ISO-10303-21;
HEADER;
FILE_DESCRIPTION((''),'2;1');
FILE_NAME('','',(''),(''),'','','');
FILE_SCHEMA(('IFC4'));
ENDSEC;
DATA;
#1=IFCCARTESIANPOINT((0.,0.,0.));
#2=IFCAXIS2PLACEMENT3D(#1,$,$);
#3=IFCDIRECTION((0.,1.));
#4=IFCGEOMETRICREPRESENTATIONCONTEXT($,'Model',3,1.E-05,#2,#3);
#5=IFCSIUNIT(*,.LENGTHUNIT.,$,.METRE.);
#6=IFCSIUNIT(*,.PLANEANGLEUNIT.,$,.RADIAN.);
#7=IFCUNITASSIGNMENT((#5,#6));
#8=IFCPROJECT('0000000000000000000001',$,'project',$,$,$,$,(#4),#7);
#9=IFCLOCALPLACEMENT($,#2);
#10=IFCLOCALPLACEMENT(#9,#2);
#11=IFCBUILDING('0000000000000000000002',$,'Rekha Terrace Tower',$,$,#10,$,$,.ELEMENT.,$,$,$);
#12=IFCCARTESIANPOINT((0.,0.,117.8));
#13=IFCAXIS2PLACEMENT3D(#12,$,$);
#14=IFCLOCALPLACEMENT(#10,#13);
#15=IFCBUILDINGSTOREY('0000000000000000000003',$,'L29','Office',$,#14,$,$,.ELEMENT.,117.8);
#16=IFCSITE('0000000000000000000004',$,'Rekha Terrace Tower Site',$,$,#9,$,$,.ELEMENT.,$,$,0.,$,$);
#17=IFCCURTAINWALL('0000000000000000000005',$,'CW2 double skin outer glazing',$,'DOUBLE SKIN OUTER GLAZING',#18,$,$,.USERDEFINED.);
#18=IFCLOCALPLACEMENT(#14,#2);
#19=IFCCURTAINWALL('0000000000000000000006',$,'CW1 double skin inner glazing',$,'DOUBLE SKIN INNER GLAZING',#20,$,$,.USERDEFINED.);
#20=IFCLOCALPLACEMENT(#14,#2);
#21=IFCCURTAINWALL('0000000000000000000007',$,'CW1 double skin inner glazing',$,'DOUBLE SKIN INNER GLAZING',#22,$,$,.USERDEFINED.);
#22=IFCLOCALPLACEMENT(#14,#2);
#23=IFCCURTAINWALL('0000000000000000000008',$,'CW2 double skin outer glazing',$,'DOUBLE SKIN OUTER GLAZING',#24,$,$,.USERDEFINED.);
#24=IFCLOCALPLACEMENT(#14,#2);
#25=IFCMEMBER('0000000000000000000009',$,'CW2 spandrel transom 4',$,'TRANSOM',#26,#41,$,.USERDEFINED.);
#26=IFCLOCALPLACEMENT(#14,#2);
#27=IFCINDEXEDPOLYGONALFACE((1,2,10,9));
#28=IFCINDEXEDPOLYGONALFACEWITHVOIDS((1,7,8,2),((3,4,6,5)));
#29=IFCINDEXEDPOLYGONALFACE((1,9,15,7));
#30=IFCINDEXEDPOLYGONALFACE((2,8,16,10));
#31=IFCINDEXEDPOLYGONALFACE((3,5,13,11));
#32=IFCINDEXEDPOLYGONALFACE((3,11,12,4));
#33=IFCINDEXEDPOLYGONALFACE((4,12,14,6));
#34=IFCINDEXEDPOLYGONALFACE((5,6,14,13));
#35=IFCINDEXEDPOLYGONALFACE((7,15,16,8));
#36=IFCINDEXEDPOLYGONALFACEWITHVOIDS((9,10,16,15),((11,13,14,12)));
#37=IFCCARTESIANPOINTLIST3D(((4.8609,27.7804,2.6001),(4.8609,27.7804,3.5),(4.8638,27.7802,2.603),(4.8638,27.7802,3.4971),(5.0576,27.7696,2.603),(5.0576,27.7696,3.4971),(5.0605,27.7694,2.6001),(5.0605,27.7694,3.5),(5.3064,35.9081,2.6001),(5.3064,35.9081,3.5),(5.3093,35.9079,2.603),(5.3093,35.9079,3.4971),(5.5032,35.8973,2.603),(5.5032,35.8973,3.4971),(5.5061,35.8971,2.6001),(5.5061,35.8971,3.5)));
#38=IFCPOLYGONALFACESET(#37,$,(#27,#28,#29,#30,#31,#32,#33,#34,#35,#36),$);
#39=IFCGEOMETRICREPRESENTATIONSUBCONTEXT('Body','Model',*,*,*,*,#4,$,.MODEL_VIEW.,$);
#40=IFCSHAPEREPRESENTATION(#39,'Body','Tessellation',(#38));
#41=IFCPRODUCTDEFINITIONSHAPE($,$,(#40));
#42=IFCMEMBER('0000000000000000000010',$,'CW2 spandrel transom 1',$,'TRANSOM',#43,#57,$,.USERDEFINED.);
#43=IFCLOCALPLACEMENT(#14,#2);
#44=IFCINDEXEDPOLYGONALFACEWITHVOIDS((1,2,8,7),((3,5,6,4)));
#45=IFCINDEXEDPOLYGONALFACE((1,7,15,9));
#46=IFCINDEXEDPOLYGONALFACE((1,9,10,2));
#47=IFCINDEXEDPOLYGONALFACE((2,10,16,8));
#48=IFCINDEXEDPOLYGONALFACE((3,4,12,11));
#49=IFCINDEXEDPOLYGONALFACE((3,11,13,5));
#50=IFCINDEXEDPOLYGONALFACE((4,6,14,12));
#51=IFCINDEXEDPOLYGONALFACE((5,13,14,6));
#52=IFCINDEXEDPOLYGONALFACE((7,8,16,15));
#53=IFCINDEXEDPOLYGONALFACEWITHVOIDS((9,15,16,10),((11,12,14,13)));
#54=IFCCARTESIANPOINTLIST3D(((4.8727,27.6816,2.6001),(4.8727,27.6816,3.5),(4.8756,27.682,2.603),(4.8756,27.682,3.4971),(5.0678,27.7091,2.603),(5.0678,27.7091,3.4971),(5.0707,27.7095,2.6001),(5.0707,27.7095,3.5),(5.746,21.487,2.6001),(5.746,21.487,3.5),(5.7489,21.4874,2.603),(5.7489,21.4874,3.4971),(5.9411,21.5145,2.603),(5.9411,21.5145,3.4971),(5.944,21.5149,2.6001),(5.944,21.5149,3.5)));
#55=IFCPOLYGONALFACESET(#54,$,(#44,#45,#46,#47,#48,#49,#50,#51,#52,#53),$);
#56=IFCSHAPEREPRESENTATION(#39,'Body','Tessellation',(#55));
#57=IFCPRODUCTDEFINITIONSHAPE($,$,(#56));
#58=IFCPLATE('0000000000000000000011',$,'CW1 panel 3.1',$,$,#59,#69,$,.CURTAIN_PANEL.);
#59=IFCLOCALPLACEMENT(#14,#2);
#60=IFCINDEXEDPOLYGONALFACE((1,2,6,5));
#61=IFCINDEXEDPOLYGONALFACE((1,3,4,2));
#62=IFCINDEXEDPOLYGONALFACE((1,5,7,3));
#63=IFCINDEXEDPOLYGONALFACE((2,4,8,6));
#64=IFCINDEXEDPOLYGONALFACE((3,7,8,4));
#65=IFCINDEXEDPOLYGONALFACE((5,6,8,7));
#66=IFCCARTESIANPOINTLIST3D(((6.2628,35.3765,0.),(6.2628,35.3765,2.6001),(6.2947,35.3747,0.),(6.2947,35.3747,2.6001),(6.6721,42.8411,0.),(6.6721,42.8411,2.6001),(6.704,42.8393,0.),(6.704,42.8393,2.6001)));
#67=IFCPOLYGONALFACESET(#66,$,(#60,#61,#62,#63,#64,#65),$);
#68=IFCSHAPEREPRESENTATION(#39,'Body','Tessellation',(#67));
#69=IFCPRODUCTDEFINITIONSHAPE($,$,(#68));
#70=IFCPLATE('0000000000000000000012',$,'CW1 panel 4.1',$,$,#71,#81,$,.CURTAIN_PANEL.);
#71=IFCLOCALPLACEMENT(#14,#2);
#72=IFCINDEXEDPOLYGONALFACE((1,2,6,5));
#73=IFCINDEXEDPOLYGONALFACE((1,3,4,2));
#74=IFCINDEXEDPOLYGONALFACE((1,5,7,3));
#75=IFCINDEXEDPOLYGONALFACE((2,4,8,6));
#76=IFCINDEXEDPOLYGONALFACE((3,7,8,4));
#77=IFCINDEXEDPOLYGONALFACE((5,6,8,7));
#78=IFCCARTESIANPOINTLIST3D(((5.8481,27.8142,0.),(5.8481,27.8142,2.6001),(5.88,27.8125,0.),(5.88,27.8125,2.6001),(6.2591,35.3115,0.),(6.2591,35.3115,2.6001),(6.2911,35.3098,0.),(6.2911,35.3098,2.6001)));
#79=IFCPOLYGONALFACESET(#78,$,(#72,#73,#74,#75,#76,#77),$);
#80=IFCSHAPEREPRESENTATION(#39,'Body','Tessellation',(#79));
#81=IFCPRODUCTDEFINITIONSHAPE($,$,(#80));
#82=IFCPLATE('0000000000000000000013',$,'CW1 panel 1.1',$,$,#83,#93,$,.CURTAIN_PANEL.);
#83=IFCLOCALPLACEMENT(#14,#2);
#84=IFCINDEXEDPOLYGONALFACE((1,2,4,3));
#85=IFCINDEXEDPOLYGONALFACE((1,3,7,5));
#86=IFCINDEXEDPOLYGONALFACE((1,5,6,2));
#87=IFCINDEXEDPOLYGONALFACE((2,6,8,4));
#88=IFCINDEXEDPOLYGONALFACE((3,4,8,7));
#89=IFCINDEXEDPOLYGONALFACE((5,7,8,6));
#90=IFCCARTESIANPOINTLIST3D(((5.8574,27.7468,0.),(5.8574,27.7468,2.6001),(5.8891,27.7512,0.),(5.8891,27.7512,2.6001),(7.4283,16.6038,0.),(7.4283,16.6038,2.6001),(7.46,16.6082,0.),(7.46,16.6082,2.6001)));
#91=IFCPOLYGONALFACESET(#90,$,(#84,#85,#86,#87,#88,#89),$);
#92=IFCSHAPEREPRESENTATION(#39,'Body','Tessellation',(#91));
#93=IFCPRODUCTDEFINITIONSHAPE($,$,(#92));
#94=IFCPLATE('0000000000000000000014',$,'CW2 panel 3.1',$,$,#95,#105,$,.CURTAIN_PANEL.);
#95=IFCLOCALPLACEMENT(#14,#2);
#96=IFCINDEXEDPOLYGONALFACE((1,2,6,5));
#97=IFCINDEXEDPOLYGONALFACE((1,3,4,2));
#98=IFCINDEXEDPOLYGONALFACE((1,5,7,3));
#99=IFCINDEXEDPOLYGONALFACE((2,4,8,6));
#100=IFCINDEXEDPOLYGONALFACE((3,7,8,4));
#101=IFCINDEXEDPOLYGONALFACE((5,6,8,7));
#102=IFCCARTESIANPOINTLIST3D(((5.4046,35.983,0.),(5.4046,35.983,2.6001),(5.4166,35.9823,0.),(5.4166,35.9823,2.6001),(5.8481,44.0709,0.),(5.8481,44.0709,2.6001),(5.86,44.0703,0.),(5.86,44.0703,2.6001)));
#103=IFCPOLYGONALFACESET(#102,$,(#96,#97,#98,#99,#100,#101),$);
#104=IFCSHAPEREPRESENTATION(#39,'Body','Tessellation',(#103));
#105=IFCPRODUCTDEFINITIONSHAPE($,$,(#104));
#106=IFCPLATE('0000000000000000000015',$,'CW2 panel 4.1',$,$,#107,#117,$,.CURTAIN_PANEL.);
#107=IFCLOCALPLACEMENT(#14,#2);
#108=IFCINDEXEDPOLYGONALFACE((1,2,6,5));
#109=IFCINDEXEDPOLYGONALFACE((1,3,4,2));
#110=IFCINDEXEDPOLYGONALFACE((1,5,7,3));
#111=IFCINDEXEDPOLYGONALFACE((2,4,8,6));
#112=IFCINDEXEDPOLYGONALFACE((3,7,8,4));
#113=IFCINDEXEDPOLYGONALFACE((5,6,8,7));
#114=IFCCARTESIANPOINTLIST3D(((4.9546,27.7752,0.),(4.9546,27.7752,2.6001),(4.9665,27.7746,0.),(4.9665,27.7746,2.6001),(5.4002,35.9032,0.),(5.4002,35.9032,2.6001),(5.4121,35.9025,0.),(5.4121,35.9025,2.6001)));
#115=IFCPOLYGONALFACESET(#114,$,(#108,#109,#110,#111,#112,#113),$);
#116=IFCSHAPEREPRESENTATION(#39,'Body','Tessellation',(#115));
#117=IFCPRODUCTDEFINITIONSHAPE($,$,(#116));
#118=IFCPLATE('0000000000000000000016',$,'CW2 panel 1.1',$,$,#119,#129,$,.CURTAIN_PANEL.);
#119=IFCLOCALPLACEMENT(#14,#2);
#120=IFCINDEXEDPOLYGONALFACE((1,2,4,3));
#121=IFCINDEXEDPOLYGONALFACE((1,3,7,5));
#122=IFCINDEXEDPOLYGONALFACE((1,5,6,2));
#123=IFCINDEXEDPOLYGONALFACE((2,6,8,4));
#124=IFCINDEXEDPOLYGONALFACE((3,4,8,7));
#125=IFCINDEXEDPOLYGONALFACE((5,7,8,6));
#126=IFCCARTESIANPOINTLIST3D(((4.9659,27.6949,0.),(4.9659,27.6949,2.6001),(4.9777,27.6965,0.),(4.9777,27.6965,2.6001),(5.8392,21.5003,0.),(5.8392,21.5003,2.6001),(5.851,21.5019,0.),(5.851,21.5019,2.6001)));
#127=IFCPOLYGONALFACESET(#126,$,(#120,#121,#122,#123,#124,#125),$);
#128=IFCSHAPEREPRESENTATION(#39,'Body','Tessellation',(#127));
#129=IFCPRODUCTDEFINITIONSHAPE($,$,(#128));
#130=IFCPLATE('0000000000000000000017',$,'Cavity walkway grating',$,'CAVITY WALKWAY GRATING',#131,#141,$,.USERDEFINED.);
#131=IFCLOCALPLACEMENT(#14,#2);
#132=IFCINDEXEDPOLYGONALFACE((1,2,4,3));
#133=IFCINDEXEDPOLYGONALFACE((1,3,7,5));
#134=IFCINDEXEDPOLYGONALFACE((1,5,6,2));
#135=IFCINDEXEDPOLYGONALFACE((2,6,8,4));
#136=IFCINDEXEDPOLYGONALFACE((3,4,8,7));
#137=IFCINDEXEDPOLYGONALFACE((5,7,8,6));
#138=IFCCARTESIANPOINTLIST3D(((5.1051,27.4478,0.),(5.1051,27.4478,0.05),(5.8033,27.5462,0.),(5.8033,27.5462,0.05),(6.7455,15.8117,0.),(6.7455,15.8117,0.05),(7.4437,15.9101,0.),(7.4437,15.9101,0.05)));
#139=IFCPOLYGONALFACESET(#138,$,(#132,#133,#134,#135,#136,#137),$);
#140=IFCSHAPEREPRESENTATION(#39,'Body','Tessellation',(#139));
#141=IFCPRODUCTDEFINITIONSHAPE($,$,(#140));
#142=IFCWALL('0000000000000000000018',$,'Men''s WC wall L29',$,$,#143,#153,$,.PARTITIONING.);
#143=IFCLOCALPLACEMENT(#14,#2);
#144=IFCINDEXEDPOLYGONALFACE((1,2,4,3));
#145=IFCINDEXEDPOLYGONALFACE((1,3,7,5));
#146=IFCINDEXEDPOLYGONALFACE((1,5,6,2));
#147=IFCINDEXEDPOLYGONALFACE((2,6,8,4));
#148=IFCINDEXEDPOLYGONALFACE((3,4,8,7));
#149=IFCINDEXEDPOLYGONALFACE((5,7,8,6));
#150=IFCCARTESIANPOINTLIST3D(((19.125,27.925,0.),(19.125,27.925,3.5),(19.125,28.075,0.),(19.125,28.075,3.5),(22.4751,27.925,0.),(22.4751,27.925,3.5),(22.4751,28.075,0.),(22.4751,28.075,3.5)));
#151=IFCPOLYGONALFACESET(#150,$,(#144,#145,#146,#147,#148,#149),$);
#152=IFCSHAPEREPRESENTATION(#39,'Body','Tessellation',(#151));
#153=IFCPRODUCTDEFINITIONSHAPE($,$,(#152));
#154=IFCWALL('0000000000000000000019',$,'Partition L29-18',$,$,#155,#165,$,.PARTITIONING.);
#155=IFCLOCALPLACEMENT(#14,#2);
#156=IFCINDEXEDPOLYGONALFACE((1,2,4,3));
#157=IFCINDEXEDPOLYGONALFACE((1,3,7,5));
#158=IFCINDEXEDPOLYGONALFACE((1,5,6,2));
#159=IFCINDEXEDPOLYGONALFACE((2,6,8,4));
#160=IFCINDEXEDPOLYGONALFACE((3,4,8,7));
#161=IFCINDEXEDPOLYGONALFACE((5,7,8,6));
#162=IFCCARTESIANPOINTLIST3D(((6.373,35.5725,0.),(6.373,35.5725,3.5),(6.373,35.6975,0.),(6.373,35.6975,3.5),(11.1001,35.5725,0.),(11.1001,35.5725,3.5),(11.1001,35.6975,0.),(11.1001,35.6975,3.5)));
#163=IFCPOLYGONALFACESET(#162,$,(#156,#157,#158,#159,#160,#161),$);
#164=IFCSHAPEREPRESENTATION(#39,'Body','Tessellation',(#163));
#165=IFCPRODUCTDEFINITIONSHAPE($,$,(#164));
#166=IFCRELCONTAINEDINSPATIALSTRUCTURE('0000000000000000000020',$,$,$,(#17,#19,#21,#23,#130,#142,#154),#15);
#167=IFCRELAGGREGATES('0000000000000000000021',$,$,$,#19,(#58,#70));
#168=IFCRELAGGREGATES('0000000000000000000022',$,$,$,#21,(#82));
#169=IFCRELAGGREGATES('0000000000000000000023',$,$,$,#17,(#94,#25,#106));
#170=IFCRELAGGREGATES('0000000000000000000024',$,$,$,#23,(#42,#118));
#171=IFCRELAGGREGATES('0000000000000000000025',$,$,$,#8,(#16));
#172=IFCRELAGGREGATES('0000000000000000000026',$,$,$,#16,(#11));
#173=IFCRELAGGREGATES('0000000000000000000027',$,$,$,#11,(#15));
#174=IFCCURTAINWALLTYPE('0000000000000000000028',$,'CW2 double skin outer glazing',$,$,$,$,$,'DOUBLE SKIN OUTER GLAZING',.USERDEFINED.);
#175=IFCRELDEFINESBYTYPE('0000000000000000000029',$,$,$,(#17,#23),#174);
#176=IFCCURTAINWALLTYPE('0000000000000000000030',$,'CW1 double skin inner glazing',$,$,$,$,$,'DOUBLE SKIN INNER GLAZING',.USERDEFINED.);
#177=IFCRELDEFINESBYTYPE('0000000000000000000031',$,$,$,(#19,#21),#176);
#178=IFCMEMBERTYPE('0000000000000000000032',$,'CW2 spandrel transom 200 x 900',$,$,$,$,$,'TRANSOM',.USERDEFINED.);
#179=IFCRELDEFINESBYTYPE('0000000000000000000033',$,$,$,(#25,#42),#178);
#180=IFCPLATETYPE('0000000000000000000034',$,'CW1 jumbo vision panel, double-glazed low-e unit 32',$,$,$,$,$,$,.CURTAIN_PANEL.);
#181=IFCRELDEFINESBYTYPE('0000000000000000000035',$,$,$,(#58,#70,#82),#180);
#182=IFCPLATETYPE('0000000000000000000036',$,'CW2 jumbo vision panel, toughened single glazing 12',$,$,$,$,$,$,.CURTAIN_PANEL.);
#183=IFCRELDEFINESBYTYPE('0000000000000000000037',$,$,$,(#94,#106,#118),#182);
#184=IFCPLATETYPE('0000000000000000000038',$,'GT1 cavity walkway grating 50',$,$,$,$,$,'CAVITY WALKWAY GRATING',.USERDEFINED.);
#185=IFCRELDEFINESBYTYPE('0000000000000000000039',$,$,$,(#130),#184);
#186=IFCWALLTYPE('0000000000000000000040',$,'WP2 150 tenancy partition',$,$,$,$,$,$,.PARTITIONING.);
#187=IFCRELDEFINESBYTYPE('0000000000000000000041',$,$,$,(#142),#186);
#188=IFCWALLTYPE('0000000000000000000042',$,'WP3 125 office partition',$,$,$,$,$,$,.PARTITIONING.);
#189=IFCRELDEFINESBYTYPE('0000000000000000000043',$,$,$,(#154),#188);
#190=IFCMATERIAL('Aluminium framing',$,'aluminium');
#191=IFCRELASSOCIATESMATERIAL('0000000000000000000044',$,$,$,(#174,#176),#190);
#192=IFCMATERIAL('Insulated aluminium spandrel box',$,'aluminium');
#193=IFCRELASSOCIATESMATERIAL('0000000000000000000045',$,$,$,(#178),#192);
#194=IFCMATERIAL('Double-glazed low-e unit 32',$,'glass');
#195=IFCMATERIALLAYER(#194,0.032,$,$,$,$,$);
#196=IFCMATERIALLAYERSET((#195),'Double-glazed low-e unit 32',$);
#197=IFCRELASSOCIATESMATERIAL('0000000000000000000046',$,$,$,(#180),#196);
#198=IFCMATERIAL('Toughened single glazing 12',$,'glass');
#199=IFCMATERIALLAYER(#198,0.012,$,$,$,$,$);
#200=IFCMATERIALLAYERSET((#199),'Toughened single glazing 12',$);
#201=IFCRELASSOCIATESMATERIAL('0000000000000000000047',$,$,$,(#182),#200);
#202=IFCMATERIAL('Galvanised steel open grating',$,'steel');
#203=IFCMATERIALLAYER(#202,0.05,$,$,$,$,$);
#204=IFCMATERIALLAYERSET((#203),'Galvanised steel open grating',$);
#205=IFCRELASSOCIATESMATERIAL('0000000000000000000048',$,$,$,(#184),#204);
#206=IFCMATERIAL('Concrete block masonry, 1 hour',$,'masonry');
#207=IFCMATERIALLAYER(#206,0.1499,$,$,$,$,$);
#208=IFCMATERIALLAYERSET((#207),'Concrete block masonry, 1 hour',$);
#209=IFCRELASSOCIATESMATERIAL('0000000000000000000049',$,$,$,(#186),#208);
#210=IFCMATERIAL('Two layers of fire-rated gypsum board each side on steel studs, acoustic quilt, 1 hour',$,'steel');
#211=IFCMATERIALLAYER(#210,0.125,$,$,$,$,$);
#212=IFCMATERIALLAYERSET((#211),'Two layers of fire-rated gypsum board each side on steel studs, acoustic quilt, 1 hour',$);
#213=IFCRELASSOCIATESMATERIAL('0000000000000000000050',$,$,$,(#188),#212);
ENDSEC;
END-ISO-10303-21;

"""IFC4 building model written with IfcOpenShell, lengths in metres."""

from ifc_helpers import new_model, si_unit, direction, frame, frame_2d, origin, origin_2d, place, context, subcontext, project, spatial, rectangle, hollow_rectangle, extrude, material, layer, layer_set, material_profile, profile_set, type_object, element, aggregate, save


model = new_model("IFC4")

# Units and contexts
model_context = context("Model", 3, precision=1e-05, world=origin(), true_north=direction((0.0, 1.0)))
body_context = subcontext(model_context, "Body", "Model", "MODEL_VIEW")
ifc_project = project(units=[si_unit("LENGTHUNIT", "METRE"), si_unit("PLANEANGLEUNIT", "RADIAN")], contexts=[model_context])

# Site, building, storey
site_placement = place(None, origin())
site = spatial("IfcSite", under=ifc_project, at=site_placement, Name="Rekha Terrace Tower Site", CompositionType="ELEMENT", RefElevation=0.0)
building_placement = place(site_placement, origin())
building = spatial("IfcBuilding", under=site, at=building_placement, Name="Rekha Terrace Tower", CompositionType="ELEMENT")
storey_placement = place(building_placement, frame((0.0, 0.0, 117.8)))
storey = spatial("IfcBuildingStorey", under=building, at=storey_placement, Name="L29", Description="Office", CompositionType="ELEMENT", Elevation=117.8)

# Curtain walls
ifc_material_1 = material(Name="Aluminium framing", Category="aluminium")
curtain_wall_type_1 = type_object("IfcCurtainWallType", Name="CW2 double skin outer glazing", ElementType="DOUBLE SKIN OUTER GLAZING", PredefinedType="USERDEFINED", material=ifc_material_1)
curtain_wall_1_placement = place(storey_placement, origin())
curtain_wall_1 = element("IfcCurtainWall", 1, at=curtain_wall_1_placement, inside=storey, type_object=curtain_wall_type_1, Name="CW2 double skin outer glazing", ObjectType="DOUBLE SKIN OUTER GLAZING", PredefinedType="USERDEFINED")
curtain_wall_type_2 = type_object("IfcCurtainWallType", Name="CW1 double skin inner glazing", ElementType="DOUBLE SKIN INNER GLAZING", PredefinedType="USERDEFINED", material=ifc_material_1)
curtain_wall_2_placement = place(storey_placement, origin())
curtain_wall_2 = element("IfcCurtainWall", 2, at=curtain_wall_2_placement, inside=storey, type_object=curtain_wall_type_2, Name="CW1 double skin inner glazing", ObjectType="DOUBLE SKIN INNER GLAZING", PredefinedType="USERDEFINED")
curtain_wall_3_placement = place(storey_placement, origin())
curtain_wall_3 = element("IfcCurtainWall", 3, at=curtain_wall_3_placement, inside=storey, type_object=curtain_wall_type_2, Name="CW1 double skin inner glazing", ObjectType="DOUBLE SKIN INNER GLAZING", PredefinedType="USERDEFINED")

# Shared definitions
ifc_material_2 = material(Name="Insulated aluminium spandrel box", Category="aluminium")

# Curtain wall
curtain_wall_4_placement = place(storey_placement, origin())
curtain_wall_4 = element("IfcCurtainWall", 4, at=curtain_wall_4_placement, inside=storey, type_object=curtain_wall_type_1, Name="CW2 double skin outer glazing", ObjectType="DOUBLE SKIN OUTER GLAZING", PredefinedType="USERDEFINED")

# Members
ifc_material_profile_1 = material_profile(ifc_material_2, hollow_rectangle(XDim=0.2, YDim=0.8999, WallThickness=0.0029, at=origin_2d()), Name="AL SPANDREL BOX 200x900")
ifc_profile_set_1 = profile_set([ifc_material_profile_1], Name="Insulated aluminium spandrel box")
member_type_1 = type_object("IfcMemberType", Name="CW2 spandrel transom 200 x 900", ElementType="TRANSOM", PredefinedType="USERDEFINED", material=ifc_profile_set_1)
member_1_placement = place(storey_placement, frame((5.4062, 35.9026, 3.05), z_axis=(-0.054737, -0.998501, 0.0), x_axis=(0.998501, -0.054737, 0.0)))
member_1 = element("IfcMember", 5, at=member_1_placement, type_object=member_type_1, Name="CW2 spandrel transom 4", ObjectType="TRANSOM", PredefinedType="USERDEFINED", context=body_context, shape_type="SweptSolid", body=[
    extrude(hollow_rectangle(XDim=0.2, YDim=0.8999, WallThickness=0.0029, at=origin_2d()), origin(), (0.0, 0.0, 1.0), 8.1399),
])
member_2_placement = place(storey_placement, frame((4.9717, 27.6956, 3.05), z_axis=(0.139596, -0.990209, 0.0), x_axis=(0.990209, 0.139596, 0.0)))
member_2 = element("IfcMember", 6, at=member_2_placement, type_object=member_type_1, Name="CW2 spandrel transom 1", ObjectType="TRANSOM", PredefinedType="USERDEFINED", context=body_context, shape_type="SweptSolid", body=[
    extrude(hollow_rectangle(XDim=0.2, YDim=0.8999, WallThickness=0.0029, at=origin_2d()), origin(), (0.0, 0.0, 1.0), 6.2559),
])

# Plates
ifc_material_3 = material(Name="Double-glazed low-e unit 32", Category="glass")
ifc_layer_1 = layer(ifc_material_3, 0.032)
ifc_layer_set_1 = layer_set([ifc_layer_1], Name="Double-glazed low-e unit 32")
plate_type_1 = type_object("IfcPlateType", Name="CW1 jumbo vision panel, double-glazed low-e unit 32", PredefinedType="CURTAIN_PANEL", material=ifc_layer_set_1)
plate_1_placement = place(storey_placement, frame((6.4834, 39.1079, 0.0), z_axis=(0.0, 0.0, 1.0), x_axis=(-0.054742, -0.998501, 0.0)))
plate_1 = element("IfcPlate", 7, at=plate_1_placement, type_object=plate_type_1, Name="CW1 panel 3.1", PredefinedType="CURTAIN_PANEL", context=body_context, shape_type="SweptSolid", body=[
    extrude(rectangle(XDim=7.4758, YDim=0.032, at=origin_2d()), origin(), (0.0, 0.0, 1.0), 2.6001),
])
plate_2_placement = place(storey_placement, frame((6.0696, 31.562, 0.0), z_axis=(0.0, 0.0, 1.0), x_axis=(-0.054742, -0.998501, 0.0)))
plate_2 = element("IfcPlate", 8, at=plate_2_placement, type_object=plate_type_1, Name="CW1 panel 4.1", PredefinedType="CURTAIN_PANEL", context=body_context, shape_type="SweptSolid", body=[
    extrude(rectangle(XDim=7.5085, YDim=0.032, at=origin_2d()), origin(), (0.0, 0.0, 1.0), 2.6001),
])
aggregate(curtain_wall_2, [plate_1, plate_2])
plate_3_placement = place(storey_placement, frame((6.6587, 22.1775, 0.0), z_axis=(0.0, 0.0, 1.0), x_axis=(0.139597, -0.990208, 0.0)))
plate_3 = element("IfcPlate", 9, at=plate_3_placement, type_object=plate_type_1, Name="CW1 panel 1.1", PredefinedType="CURTAIN_PANEL", context=body_context, shape_type="SweptSolid", body=[
    extrude(rectangle(XDim=11.2532, YDim=0.032, at=origin_2d()), origin(), (0.0, 0.0, 1.0), 2.6001),
])
aggregate(curtain_wall_3, [plate_3])
ifc_material_4 = material(Name="Toughened single glazing 12", Category="glass")
ifc_layer_2 = layer(ifc_material_4, 0.012)
ifc_layer_set_2 = layer_set([ifc_layer_2], Name="Toughened single glazing 12")
plate_type_2 = type_object("IfcPlateType", Name="CW2 jumbo vision panel, toughened single glazing 12", PredefinedType="CURTAIN_PANEL", material=ifc_layer_set_2)
plate_4_placement = place(storey_placement, frame((5.6323, 40.0266, 0.0), z_axis=(0.0, 0.0, 1.0), x_axis=(-0.054742, -0.998501, 0.0)))
plate_4 = element("IfcPlate", 10, at=plate_4_placement, type_object=plate_type_2, Name="CW2 panel 3.1", PredefinedType="CURTAIN_PANEL", context=body_context, shape_type="SweptSolid", body=[
    extrude(rectangle(XDim=8.1001, YDim=0.012, at=origin_2d()), origin(), (0.0, 0.0, 1.0), 2.6001),
])
plate_5_placement = place(storey_placement, frame((5.1833, 31.8389, 0.0), z_axis=(0.0, 0.0, 1.0), x_axis=(-0.054742, -0.998501, 0.0)))
plate_5 = element("IfcPlate", 11, at=plate_5_placement, type_object=plate_type_2, Name="CW2 panel 4.1", PredefinedType="CURTAIN_PANEL", context=body_context, shape_type="SweptSolid", body=[
    extrude(rectangle(XDim=8.1401, YDim=0.012, at=origin_2d()), origin(), (0.0, 0.0, 1.0), 2.6001),
])
aggregate(curtain_wall_1, [plate_4, member_1, plate_5])
plate_6_placement = place(storey_placement, frame((5.4084, 24.5984, 0.0), z_axis=(0.0, 0.0, 1.0), x_axis=(0.139597, -0.990208, 0.0)))
plate_6 = element("IfcPlate", 12, at=plate_6_placement, type_object=plate_type_2, Name="CW2 panel 1.1", PredefinedType="CURTAIN_PANEL", context=body_context, shape_type="SweptSolid", body=[
    extrude(rectangle(XDim=6.2559, YDim=0.012, at=origin_2d()), origin(), (0.0, 0.0, 1.0), 2.6001),
])
aggregate(curtain_wall_4, [member_2, plate_6])
ifc_material_5 = material(Name="Galvanised steel open grating", Category="steel")
ifc_layer_3 = layer(ifc_material_5, 0.05)
ifc_layer_set_3 = layer_set([ifc_layer_3], Name="Galvanised steel open grating")
plate_type_3 = type_object("IfcPlateType", Name="GT1 cavity walkway grating 50", ElementType="CAVITY WALKWAY GRATING", PredefinedType="USERDEFINED", material=ifc_layer_set_3)
plate_7_placement = place(storey_placement, frame((6.2744, 21.679, 0.0), z_axis=(0.0, 0.0, 1.0), x_axis=(0.139597, -0.990208, 0.0)))
element("IfcPlate", 13, at=plate_7_placement, inside=storey, type_object=plate_type_3, Name="Cavity walkway grating", ObjectType="CAVITY WALKWAY GRATING", PredefinedType="USERDEFINED", context=body_context, shape_type="SweptSolid", body=[
    extrude(rectangle(XDim=11.7512, YDim=0.7051, at=origin_2d()), origin(), (0.0, 0.0, 1.0), 0.05),
])

# Walls
ifc_material_6 = material(Name="Concrete block masonry, 1 hour", Category="masonry")
ifc_layer_4 = layer(ifc_material_6, 0.1499)
ifc_layer_set_4 = layer_set([ifc_layer_4], Name="Concrete block masonry, 1 hour")
wall_type_1 = type_object("IfcWallType", Name="WP2 150 tenancy partition", PredefinedType="PARTITIONING", material=ifc_layer_set_4)
wall_1_placement = place(storey_placement, frame((19.125, 28.0, 0.0), z_axis=(0.0, 0.0, 1.0), x_axis=(1.0, 0.0, 0.0)))
element("IfcWall", 14, at=wall_1_placement, inside=storey, type_object=wall_type_1, Name="Men's WC wall L29", PredefinedType="PARTITIONING", context=body_context, shape_type="SweptSolid", body=[
    extrude(rectangle(XDim=3.3501, YDim=0.1499, at=frame_2d((1.675, 0.0))), origin(), (0.0, 0.0, 1.0), 3.5),
])
ifc_material_7 = material(Name="Two layers of fire-rated gypsum board each side on steel studs, acoustic quilt, 1 hour", Category="steel")
ifc_layer_5 = layer(ifc_material_7, 0.125)
ifc_layer_set_5 = layer_set([ifc_layer_5], Name="Two layers of fire-rated gypsum board each side on steel studs, acoustic quilt, 1 hour")
wall_type_2 = type_object("IfcWallType", Name="WP3 125 office partition", PredefinedType="PARTITIONING", material=ifc_layer_set_5)
wall_2_placement = place(storey_placement, frame((11.1001, 35.635, 0.0), z_axis=(0.0, 0.0, 1.0), x_axis=(-1.0, 0.0, 0.0)))
element("IfcWall", 15, at=wall_2_placement, inside=storey, type_object=wall_type_2, Name="Partition L29-18", PredefinedType="PARTITIONING", context=body_context, shape_type="SweptSolid", body=[
    extrude(rectangle(XDim=4.7271, YDim=0.125, at=frame_2d((2.3635, 0.0))), origin(), (0.0, 0.0, 1.0), 3.5),
])

save(model, "model.ifc")
